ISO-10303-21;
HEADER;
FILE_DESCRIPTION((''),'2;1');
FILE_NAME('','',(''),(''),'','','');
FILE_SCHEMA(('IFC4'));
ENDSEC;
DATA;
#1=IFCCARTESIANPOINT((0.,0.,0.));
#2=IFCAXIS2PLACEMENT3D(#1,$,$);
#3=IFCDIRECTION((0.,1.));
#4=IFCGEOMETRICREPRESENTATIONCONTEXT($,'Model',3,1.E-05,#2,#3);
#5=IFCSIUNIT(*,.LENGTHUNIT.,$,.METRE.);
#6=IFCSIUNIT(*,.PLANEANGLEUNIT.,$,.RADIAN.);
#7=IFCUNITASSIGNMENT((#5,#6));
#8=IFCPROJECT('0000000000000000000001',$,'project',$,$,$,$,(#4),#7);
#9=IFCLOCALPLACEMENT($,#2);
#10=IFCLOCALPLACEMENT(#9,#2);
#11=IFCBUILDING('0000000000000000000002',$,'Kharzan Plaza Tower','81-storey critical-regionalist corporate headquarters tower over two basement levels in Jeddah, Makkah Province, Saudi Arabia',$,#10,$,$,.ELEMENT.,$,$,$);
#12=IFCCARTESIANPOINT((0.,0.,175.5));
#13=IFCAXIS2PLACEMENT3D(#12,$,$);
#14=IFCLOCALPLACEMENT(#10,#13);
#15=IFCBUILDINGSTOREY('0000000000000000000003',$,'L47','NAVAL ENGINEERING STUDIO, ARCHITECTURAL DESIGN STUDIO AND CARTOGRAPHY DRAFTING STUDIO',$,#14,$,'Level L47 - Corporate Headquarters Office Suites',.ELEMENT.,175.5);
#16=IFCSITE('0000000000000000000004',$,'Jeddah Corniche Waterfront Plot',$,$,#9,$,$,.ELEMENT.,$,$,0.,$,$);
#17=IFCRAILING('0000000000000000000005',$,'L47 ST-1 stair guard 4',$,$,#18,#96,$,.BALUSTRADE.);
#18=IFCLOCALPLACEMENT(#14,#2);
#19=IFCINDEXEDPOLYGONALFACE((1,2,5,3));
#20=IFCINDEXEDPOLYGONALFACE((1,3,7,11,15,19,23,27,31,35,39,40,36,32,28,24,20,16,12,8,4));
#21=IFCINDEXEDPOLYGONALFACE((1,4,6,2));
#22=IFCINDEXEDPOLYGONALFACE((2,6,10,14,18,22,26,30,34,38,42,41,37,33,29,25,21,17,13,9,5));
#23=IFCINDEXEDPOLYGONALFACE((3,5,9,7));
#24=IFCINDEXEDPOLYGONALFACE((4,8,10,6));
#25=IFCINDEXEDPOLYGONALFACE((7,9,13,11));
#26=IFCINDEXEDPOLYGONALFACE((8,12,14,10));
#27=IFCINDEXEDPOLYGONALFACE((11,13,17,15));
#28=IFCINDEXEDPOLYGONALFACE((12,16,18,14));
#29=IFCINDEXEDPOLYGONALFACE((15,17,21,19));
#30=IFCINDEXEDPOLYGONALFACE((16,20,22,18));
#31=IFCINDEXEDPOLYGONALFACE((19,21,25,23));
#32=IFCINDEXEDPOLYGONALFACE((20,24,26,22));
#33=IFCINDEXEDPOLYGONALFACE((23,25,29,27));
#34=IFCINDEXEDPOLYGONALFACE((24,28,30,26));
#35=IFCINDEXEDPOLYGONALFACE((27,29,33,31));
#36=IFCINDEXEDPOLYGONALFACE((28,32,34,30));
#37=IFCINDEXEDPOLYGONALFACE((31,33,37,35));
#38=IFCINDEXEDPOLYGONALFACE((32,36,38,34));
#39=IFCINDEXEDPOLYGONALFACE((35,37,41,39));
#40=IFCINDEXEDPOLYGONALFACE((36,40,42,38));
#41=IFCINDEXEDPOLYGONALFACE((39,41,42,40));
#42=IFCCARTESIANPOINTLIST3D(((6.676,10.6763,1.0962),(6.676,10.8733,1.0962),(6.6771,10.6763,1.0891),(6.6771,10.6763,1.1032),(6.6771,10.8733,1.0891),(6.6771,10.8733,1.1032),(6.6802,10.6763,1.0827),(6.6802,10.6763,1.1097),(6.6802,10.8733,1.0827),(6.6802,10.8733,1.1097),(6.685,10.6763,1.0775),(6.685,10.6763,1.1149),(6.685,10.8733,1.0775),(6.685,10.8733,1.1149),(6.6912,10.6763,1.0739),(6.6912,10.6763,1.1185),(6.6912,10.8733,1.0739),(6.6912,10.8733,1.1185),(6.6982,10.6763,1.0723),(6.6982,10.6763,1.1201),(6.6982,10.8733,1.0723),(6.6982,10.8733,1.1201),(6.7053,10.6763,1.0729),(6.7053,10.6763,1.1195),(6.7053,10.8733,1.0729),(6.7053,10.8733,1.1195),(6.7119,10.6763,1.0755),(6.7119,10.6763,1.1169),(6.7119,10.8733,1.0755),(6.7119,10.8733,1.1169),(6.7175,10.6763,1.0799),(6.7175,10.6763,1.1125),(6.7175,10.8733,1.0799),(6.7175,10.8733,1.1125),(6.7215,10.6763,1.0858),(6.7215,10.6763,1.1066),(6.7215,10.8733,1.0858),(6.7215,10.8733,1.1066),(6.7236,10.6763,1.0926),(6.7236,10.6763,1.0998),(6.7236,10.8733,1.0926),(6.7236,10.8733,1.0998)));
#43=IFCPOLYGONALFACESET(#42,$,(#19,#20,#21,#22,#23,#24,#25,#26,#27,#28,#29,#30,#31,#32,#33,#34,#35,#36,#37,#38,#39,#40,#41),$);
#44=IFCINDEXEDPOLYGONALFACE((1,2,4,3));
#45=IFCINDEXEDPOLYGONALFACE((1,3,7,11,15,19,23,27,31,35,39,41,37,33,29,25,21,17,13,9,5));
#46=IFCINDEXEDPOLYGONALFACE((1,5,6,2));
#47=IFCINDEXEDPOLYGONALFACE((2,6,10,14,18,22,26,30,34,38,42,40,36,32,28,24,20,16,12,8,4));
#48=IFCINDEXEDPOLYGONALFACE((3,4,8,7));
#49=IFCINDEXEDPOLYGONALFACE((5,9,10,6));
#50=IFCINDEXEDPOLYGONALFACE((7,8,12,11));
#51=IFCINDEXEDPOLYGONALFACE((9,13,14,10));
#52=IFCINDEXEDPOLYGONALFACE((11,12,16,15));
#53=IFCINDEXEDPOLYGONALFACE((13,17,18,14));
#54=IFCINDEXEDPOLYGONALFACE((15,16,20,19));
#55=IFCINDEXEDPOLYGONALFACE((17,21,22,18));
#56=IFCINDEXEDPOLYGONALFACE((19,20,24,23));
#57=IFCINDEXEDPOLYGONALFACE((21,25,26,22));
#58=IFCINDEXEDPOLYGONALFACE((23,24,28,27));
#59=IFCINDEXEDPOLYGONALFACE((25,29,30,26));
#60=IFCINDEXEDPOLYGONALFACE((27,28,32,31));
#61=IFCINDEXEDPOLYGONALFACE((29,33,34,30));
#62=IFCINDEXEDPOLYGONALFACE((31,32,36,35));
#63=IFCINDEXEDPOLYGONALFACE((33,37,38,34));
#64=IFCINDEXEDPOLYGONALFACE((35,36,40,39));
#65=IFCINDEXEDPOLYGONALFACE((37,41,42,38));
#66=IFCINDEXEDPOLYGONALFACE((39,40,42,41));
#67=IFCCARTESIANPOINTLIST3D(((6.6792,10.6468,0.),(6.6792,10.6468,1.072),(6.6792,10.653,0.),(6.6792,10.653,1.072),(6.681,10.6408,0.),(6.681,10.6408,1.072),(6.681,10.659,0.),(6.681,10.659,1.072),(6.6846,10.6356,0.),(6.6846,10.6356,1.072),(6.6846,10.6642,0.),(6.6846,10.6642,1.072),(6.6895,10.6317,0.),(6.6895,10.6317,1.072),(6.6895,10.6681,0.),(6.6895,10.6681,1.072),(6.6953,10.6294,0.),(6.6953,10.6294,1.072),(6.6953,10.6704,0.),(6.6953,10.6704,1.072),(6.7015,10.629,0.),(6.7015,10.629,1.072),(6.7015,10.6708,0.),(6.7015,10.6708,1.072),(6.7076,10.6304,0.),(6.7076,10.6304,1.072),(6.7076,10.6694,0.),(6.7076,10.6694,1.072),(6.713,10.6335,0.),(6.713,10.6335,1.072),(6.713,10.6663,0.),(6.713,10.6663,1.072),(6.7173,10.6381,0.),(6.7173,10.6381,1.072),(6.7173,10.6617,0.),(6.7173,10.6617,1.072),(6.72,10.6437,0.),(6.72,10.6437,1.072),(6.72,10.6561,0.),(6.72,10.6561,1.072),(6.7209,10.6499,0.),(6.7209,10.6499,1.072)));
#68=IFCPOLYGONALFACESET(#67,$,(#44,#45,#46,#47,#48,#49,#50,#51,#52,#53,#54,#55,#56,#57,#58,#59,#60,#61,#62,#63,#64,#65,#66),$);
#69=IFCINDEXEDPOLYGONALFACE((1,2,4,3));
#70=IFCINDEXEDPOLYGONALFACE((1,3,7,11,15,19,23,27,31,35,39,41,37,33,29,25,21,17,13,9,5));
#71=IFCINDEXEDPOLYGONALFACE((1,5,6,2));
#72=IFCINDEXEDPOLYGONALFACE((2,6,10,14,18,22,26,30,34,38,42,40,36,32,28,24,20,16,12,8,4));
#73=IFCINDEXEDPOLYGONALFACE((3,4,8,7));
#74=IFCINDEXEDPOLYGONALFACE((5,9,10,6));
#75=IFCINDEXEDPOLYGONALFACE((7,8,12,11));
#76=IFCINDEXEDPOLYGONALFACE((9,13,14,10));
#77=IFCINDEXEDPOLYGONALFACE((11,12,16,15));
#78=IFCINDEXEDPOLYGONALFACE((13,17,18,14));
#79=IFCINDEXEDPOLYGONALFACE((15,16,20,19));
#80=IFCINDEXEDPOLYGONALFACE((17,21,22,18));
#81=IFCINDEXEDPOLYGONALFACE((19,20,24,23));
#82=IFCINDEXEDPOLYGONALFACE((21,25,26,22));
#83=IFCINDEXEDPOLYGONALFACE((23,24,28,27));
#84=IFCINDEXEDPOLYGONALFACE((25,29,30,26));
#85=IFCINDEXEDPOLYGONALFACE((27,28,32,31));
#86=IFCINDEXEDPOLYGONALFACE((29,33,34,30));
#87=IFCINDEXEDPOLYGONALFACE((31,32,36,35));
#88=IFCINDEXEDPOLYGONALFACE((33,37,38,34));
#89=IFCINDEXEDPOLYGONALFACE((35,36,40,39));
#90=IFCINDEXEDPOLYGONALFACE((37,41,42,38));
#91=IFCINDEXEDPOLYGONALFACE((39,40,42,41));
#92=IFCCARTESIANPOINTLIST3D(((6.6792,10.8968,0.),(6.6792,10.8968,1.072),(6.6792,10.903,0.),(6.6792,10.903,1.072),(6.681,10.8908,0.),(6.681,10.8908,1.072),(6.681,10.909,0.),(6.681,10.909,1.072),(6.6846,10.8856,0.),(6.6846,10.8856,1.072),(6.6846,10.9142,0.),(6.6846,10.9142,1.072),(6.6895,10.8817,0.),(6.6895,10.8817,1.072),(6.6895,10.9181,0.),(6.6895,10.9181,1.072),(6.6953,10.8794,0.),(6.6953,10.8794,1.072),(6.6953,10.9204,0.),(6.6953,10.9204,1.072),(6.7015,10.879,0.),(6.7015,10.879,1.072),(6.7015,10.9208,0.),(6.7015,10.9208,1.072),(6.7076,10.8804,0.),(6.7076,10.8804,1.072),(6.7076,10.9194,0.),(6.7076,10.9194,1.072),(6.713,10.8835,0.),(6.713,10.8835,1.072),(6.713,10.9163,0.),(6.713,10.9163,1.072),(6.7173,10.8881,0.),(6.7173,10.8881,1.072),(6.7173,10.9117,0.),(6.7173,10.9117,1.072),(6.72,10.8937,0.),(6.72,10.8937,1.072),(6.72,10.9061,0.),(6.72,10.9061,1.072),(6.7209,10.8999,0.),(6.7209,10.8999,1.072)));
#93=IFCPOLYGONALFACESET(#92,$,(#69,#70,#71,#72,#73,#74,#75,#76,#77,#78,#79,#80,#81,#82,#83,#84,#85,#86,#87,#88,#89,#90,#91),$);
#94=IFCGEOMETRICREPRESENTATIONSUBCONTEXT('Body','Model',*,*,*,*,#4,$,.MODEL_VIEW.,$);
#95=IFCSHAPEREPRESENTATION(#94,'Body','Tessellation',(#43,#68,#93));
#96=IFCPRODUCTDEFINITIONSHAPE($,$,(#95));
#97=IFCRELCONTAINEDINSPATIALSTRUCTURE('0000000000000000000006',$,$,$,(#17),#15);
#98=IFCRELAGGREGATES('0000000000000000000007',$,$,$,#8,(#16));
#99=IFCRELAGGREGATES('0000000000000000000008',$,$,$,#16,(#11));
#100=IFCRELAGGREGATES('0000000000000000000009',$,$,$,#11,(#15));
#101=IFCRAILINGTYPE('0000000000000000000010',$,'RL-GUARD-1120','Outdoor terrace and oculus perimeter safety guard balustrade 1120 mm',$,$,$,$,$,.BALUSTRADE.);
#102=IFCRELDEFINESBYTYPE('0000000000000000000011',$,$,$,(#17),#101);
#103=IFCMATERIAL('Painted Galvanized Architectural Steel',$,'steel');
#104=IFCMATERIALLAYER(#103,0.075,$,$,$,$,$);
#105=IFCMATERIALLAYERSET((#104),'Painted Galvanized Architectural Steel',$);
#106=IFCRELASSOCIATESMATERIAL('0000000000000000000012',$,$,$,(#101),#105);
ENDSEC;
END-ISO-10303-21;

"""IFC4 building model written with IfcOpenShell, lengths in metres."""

from ifc_helpers import new_model, si_unit, direction, frame, origin, origin_2d, place, context, subcontext, project, spatial, circle, extrude, source, transform, mapped, material, layer, layer_set, type_object, element, save


model = new_model("IFC4")

# Units and contexts
model_context = context("Model", 3, precision=1e-05, world=origin(), true_north=direction((0.0, 1.0)))
body_context = subcontext(model_context, "Body", "Model", "MODEL_VIEW")
ifc_project = project(units=[si_unit("LENGTHUNIT", "METRE"), si_unit("PLANEANGLEUNIT", "RADIAN")], contexts=[model_context])

# Site, building, storey
site_placement = place(None, origin())
site = spatial("IfcSite", under=ifc_project, at=site_placement, Name="Jeddah Corniche Waterfront Plot", CompositionType="ELEMENT", RefElevation=0.0)
building_placement = place(site_placement, origin())
building = spatial("IfcBuilding", under=site, at=building_placement, Name="Kharzan Plaza Tower", Description="81-storey critical-regionalist corporate headquarters tower over two basement levels in Jeddah, Makkah Province, Saudi Arabia", CompositionType="ELEMENT")
storey_placement = place(building_placement, frame((0.0, 0.0, 175.5)))
storey = spatial("IfcBuildingStorey", under=building, at=storey_placement, Name="L47", Description="NAVAL ENGINEERING STUDIO, ARCHITECTURAL DESIGN STUDIO AND CARTOGRAPHY DRAFTING STUDIO", LongName="Level L47 - Corporate Headquarters Office Suites", CompositionType="ELEMENT", Elevation=175.5)

# Railing
ifc_material_1 = material(Name="Painted Galvanized Architectural Steel", Category="steel")
ifc_layer_1 = layer(ifc_material_1, 0.075)
ifc_layer_set_1 = layer_set([ifc_layer_1], Name="Painted Galvanized Architectural Steel")
railing_type_1 = type_object("IfcRailingType", Name="RL-GUARD-1120", Description="Outdoor terrace and oculus perimeter safety guard balustrade 1120 mm", PredefinedType="BALUSTRADE", material=ifc_layer_set_1)
shared_shape_1 = source(origin(), body_context, "Body", "SweptSolid", [
    extrude(circle(Radius=0.0239, at=origin_2d()), frame((0.0, 0.0264, 1.0962), z_axis=(0.0, 1.0, 0.0), x_axis=(-1.0, 0.0, 0.0)), (0.0, 0.0, 1.0), 0.197),
    extrude(circle(Radius=0.021, at=origin_2d()), origin(), (0.0, 0.0, 1.0), 1.072),
    extrude(circle(Radius=0.021, at=origin_2d()), frame((0.0, 0.25, 0.0)), (0.0, 0.0, 1.0), 1.072),
])
railing_1_placement = place(storey_placement, frame((6.7, 10.6499, 0.0)))
element("IfcRailing", 1, at=railing_1_placement, inside=storey, type_object=railing_type_1, Name="L47 ST-1 stair guard 4", PredefinedType="BALUSTRADE", context=body_context, shape_type="MappedRepresentation", body=[
    mapped(shared_shape_1, transform((0.0, 0.0, 0.0), x_axis=(1.0, 0.0, 0.0), y_axis=(0.0, 1.0, 0.0), z_axis=(0.0, 0.0, 1.0))),
])

save(model, "model.ifc")
